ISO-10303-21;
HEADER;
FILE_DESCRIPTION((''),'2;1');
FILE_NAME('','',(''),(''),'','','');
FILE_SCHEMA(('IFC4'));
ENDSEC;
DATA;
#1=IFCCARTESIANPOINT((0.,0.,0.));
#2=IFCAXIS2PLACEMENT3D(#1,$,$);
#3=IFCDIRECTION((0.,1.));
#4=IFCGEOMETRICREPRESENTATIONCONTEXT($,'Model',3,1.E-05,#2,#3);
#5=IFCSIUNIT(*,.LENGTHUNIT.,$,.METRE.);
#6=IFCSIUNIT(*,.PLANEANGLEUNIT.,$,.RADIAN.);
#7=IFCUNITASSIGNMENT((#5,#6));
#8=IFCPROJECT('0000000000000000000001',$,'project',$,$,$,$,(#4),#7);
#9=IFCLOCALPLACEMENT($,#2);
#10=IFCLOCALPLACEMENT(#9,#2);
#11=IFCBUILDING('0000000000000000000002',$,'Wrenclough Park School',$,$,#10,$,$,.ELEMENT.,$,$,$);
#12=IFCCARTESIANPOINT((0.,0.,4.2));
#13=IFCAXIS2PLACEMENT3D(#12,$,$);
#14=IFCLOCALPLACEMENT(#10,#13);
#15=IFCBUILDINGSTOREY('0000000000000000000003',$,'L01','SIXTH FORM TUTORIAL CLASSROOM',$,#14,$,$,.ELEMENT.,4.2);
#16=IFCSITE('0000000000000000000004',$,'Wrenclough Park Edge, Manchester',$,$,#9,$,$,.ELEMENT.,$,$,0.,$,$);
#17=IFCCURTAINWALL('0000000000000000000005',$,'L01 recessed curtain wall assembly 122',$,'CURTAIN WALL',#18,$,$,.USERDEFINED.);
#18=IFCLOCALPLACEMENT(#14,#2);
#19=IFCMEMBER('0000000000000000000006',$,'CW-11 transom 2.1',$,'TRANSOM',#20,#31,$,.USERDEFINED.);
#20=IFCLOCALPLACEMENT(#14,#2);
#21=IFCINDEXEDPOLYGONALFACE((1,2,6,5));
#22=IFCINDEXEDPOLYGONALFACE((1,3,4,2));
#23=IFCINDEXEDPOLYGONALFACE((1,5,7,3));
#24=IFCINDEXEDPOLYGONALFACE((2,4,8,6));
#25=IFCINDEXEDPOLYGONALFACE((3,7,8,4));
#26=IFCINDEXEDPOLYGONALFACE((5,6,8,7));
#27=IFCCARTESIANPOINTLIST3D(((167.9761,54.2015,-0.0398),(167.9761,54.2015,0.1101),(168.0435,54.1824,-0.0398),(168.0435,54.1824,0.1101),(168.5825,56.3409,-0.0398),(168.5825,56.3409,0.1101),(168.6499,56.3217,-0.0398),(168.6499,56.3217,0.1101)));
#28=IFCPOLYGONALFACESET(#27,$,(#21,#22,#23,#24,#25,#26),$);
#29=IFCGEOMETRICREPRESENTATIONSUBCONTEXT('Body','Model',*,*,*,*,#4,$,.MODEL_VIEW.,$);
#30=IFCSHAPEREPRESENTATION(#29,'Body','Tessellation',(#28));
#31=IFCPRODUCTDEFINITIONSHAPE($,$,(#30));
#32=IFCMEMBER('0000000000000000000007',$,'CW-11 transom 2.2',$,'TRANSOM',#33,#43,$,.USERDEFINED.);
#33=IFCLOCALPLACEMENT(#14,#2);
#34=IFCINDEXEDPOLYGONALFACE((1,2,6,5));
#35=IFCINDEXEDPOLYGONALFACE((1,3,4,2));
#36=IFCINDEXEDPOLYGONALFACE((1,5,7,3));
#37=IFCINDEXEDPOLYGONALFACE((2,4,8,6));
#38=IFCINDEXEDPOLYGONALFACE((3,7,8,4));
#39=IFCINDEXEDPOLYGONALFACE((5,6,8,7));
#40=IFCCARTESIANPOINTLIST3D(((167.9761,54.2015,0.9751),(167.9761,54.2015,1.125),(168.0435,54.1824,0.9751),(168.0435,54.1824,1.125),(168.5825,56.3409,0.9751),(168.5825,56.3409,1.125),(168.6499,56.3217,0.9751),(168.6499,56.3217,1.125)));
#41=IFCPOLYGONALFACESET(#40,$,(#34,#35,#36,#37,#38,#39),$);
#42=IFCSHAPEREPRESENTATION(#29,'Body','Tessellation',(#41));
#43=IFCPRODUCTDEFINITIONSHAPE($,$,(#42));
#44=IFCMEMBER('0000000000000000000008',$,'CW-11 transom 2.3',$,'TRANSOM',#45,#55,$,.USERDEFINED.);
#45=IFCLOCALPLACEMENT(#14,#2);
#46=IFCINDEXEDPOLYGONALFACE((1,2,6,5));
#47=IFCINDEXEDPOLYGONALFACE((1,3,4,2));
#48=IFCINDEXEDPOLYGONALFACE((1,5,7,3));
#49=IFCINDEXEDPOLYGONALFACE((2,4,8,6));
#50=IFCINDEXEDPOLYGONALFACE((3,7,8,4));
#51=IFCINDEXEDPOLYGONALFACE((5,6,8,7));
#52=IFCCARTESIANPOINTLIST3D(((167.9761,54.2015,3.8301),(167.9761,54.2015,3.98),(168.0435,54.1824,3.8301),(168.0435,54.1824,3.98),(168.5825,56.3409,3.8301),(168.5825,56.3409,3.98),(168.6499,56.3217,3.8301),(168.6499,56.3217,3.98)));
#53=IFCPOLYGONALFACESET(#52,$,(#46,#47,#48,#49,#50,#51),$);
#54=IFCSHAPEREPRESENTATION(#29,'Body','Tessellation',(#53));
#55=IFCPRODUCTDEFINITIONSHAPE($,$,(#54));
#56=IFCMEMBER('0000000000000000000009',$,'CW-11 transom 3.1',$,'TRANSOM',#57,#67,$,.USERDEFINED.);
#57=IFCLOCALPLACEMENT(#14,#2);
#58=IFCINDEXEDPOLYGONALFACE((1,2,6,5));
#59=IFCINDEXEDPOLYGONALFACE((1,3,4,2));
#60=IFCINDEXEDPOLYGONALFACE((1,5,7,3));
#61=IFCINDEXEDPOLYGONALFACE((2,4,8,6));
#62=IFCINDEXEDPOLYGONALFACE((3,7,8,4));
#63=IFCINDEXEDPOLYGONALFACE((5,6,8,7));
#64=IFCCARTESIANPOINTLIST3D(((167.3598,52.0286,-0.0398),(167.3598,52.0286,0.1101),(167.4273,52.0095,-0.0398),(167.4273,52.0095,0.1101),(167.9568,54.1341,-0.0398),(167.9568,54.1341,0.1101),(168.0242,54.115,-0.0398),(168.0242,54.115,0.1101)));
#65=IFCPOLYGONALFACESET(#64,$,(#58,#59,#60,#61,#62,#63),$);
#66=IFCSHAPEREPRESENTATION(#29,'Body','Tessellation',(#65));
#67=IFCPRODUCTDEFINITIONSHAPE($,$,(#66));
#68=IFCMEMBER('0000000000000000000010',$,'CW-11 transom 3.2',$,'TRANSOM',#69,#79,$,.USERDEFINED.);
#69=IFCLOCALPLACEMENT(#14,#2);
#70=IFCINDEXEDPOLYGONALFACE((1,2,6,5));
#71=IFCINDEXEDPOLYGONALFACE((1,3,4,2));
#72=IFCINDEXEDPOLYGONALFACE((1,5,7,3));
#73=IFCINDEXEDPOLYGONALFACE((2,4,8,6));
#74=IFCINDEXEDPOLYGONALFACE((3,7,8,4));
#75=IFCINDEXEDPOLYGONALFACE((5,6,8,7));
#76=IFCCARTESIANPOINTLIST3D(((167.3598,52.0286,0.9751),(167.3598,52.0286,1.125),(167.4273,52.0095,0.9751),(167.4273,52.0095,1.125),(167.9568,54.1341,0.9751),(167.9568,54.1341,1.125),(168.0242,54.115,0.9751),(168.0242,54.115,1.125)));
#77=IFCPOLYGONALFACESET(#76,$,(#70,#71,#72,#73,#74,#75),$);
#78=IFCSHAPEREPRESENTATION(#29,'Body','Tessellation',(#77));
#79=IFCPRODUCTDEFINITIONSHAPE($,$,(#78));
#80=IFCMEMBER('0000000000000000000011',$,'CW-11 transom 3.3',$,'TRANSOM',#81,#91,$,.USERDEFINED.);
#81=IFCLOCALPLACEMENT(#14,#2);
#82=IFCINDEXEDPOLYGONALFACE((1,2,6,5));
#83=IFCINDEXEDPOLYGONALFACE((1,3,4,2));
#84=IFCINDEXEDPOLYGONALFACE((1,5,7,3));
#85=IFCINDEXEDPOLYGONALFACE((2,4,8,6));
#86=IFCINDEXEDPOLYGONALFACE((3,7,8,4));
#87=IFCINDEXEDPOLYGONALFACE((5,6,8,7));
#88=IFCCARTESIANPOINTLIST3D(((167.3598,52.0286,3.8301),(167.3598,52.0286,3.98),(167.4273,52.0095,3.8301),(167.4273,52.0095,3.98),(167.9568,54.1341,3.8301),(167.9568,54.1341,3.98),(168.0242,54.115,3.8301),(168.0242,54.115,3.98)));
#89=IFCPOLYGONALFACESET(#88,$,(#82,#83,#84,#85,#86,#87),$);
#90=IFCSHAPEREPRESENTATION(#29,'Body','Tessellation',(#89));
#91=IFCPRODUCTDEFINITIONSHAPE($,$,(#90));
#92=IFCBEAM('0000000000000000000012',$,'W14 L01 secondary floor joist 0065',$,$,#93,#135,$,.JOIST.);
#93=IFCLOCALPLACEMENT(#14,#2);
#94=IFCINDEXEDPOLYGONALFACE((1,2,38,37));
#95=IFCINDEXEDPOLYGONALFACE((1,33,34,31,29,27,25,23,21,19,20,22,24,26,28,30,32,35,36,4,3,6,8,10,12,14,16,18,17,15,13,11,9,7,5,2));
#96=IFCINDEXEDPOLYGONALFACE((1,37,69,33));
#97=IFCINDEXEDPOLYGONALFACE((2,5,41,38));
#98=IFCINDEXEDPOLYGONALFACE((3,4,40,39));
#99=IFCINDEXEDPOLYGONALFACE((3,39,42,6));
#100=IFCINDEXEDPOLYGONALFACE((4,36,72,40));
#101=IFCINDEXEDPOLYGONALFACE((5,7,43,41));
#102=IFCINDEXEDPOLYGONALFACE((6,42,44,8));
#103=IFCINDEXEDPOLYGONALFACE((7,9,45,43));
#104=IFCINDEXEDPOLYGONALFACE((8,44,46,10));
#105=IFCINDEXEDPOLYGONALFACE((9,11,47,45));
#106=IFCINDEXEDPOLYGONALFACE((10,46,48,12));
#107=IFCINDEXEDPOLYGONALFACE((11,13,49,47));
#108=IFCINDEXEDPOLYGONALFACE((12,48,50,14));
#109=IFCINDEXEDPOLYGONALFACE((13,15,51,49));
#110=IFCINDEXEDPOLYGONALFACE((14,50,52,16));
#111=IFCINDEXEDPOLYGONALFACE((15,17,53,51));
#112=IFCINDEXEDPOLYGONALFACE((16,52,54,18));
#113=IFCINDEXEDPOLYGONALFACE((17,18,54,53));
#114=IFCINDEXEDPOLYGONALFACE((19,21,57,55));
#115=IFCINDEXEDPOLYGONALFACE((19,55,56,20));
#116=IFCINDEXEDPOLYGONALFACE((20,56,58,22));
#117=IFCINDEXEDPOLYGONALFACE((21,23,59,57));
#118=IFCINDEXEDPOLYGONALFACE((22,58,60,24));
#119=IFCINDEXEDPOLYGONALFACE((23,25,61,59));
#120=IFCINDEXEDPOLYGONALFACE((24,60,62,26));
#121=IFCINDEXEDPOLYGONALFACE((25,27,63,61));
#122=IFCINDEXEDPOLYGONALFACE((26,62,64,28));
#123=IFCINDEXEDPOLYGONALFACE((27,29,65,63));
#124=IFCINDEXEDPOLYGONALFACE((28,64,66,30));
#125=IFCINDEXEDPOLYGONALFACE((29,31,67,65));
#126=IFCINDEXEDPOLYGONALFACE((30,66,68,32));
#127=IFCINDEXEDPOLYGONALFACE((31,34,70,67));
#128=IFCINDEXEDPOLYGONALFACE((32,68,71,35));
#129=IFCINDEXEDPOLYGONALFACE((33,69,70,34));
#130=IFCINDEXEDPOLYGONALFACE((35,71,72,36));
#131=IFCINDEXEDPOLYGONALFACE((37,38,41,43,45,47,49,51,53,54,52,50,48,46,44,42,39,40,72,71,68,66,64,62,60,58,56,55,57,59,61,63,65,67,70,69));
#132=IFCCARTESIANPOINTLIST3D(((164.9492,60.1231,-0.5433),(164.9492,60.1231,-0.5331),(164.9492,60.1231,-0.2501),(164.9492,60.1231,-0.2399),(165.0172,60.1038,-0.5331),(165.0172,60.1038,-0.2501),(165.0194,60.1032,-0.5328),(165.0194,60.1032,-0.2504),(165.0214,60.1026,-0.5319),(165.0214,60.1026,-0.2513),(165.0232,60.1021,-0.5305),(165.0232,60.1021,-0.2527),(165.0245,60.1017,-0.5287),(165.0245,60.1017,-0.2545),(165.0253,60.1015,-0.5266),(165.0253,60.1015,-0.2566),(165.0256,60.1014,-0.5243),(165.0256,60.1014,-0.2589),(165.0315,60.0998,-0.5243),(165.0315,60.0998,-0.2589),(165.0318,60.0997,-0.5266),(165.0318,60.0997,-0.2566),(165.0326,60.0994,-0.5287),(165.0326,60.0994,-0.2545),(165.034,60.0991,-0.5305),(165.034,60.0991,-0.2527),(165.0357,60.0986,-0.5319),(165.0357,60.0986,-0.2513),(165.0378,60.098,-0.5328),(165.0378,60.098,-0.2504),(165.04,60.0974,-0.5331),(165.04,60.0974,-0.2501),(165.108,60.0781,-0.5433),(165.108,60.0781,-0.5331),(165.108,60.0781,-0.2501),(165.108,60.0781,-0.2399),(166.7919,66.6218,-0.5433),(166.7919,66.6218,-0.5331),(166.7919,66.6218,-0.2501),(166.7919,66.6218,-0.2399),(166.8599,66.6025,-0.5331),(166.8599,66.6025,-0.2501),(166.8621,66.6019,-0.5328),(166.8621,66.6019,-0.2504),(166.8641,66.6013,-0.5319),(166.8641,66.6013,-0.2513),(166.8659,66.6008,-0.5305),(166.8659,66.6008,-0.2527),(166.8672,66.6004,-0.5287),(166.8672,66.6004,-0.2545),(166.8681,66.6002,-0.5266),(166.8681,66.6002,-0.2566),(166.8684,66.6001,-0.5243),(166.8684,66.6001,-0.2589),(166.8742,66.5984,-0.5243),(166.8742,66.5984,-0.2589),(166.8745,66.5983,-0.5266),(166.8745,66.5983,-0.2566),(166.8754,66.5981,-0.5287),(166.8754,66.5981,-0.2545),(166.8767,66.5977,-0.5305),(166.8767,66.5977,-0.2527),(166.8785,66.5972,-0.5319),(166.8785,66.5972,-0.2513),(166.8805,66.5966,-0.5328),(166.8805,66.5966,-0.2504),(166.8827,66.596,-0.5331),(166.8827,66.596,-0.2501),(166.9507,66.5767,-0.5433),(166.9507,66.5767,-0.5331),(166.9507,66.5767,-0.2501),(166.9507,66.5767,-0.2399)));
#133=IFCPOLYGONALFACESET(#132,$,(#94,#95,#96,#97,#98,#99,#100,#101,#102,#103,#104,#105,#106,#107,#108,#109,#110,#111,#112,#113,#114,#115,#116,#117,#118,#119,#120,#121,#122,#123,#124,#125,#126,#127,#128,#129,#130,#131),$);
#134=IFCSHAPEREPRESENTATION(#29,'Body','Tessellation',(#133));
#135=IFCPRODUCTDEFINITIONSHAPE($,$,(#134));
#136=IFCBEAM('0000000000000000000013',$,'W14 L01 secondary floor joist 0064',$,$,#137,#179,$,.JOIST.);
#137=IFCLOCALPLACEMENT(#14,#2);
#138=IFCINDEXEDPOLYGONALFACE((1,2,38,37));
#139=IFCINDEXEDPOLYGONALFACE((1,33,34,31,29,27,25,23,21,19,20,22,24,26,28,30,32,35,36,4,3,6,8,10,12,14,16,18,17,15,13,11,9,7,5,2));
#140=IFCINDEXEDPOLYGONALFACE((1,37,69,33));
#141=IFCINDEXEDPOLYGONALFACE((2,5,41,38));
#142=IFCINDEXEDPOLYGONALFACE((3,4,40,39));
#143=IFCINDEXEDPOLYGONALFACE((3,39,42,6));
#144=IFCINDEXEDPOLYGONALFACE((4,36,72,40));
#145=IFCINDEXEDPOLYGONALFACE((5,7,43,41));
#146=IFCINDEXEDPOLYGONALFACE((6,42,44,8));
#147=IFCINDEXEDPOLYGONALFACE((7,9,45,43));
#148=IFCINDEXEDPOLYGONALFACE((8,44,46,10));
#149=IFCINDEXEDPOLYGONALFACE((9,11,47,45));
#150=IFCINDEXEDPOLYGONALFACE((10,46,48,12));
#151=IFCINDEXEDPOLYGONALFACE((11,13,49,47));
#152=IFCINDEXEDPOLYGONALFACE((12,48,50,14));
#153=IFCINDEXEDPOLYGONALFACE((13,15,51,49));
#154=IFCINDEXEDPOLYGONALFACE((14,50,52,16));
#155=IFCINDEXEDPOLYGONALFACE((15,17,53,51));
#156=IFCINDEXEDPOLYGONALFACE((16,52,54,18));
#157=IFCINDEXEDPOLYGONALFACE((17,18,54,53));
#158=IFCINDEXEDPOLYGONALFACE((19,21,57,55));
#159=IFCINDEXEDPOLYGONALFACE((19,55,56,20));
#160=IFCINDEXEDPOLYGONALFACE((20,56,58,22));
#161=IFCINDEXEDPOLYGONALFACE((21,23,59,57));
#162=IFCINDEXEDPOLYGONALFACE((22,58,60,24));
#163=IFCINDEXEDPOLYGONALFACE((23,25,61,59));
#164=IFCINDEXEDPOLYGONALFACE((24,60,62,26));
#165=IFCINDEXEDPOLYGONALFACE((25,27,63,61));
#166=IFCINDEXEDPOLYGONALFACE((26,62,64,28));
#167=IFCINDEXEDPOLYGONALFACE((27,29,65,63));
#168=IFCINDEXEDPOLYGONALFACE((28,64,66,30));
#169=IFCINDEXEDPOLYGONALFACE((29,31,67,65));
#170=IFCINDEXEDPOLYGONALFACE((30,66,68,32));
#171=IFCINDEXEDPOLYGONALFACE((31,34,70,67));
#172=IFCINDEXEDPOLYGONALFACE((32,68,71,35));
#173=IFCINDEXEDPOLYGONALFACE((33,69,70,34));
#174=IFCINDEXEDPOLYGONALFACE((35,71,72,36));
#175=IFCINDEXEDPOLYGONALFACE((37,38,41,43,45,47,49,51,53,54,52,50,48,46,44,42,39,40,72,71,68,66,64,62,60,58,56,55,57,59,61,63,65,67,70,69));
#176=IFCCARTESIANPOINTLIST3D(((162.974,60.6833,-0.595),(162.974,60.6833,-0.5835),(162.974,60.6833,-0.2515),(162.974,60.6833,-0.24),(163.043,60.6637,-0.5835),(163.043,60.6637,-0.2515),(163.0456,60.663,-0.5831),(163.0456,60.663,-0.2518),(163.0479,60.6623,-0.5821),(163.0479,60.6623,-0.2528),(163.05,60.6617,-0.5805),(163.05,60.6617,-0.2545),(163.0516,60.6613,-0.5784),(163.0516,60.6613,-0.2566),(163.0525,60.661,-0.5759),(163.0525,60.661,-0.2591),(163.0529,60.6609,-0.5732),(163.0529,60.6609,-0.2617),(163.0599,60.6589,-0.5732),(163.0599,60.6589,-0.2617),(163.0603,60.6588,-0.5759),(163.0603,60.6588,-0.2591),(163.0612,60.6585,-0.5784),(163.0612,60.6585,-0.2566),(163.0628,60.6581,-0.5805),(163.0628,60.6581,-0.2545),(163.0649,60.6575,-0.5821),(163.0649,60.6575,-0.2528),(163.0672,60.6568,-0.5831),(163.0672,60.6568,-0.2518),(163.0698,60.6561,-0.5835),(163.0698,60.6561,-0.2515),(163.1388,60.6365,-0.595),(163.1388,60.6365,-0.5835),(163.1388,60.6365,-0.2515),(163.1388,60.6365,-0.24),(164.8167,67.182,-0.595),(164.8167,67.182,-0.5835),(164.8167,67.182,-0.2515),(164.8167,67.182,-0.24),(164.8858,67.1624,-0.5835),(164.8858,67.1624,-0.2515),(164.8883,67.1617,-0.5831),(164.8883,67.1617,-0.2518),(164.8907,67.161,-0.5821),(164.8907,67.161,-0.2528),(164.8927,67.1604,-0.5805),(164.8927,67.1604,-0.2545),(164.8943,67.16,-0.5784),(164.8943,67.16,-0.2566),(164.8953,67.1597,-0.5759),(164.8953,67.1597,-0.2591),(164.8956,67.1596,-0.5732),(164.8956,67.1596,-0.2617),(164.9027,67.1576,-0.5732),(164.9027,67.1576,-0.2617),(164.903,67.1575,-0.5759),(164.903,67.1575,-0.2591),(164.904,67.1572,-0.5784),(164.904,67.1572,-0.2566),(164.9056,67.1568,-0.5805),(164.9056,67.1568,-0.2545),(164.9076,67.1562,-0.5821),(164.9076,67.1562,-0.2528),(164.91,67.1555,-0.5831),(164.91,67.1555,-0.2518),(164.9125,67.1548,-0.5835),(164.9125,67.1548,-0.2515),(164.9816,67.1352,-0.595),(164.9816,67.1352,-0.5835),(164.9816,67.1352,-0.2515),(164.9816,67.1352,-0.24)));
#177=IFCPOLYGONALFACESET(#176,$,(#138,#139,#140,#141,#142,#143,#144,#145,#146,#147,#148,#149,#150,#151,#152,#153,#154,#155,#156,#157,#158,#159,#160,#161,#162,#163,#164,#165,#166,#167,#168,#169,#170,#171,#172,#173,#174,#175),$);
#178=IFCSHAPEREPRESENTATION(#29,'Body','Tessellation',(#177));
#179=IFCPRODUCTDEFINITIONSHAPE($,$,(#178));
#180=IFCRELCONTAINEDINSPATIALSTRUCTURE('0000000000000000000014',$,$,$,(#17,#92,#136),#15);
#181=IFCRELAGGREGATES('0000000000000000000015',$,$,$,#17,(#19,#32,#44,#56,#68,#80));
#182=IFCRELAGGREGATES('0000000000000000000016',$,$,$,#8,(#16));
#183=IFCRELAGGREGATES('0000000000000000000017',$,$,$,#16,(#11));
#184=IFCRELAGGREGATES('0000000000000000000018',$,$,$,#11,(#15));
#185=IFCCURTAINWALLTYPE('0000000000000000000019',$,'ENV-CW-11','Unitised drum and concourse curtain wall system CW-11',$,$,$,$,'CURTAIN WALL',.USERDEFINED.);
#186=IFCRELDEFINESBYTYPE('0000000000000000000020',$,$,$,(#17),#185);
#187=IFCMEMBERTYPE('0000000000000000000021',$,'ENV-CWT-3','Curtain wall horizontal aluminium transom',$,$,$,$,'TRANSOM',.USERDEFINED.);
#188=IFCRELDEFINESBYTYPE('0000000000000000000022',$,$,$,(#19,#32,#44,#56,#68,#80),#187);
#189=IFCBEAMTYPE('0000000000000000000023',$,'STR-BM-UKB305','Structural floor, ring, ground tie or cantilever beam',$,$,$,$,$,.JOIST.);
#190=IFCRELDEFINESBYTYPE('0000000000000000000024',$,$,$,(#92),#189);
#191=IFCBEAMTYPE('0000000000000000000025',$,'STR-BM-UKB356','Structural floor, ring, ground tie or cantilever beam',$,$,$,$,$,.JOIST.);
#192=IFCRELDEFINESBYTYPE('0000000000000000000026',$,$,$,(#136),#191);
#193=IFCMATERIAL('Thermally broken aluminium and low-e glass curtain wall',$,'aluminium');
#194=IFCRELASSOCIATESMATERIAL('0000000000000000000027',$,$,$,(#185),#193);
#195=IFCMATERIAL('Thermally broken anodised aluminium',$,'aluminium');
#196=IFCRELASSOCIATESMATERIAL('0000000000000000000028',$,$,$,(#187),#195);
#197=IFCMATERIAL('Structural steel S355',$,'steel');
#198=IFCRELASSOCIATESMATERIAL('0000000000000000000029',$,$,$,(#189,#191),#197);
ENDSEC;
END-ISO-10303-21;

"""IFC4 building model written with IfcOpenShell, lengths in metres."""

from ifc_helpers import new_model, si_unit, direction, frame, origin, origin_2d, place, context, subcontext, project, spatial, rectangle, i_section, extrude, material, material_profile, profile_set, type_object, element, aggregate, save


model = new_model("IFC4")

# Units and contexts
model_context = context("Model", 3, precision=1e-05, world=origin(), true_north=direction((0.0, 1.0)))
body_context = subcontext(model_context, "Body", "Model", "MODEL_VIEW")
ifc_project = project(units=[si_unit("LENGTHUNIT", "METRE"), si_unit("PLANEANGLEUNIT", "RADIAN")], contexts=[model_context])

# Site, building, storey
site_placement = place(None, origin())
site = spatial("IfcSite", under=ifc_project, at=site_placement, Name="Wrenclough Park Edge, Manchester", CompositionType="ELEMENT", RefElevation=0.0)
building_placement = place(site_placement, origin())
building = spatial("IfcBuilding", under=site, at=building_placement, Name="Wrenclough Park School", CompositionType="ELEMENT")
storey_placement = place(building_placement, frame((0.0, 0.0, 4.2)))
storey = spatial("IfcBuildingStorey", under=building, at=storey_placement, Name="L01", Description="SIXTH FORM TUTORIAL CLASSROOM", CompositionType="ELEMENT", Elevation=4.2)

# Shared definitions
ifc_material_1 = material(Name="Structural steel S355", Category="steel")

# Shared definitions
ifc_material_2 = material(Name="Thermally broken aluminium and low-e glass curtain wall", Category="aluminium")
ifc_material_3 = material(Name="Thermally broken anodised aluminium", Category="aluminium")

# Curtain wall
curtain_wall_type_1 = type_object("IfcCurtainWallType", Name="ENV-CW-11", Description="Unitised drum and concourse curtain wall system CW-11", ElementType="CURTAIN WALL", PredefinedType="USERDEFINED", material=ifc_material_2)
curtain_wall_1_placement = place(storey_placement, origin())
curtain_wall_1 = element("IfcCurtainWall", 1, at=curtain_wall_1_placement, inside=storey, type_object=curtain_wall_type_1, Name="L01 recessed curtain wall assembly 122", ObjectType="CURTAIN WALL", PredefinedType="USERDEFINED")

# Members
ifc_material_profile_1 = material_profile(ifc_material_3, rectangle(XDim=0.0701, YDim=0.1499, at=origin_2d()), Name="AL TRANSOM 70x150")
ifc_profile_set_1 = profile_set([ifc_material_profile_1], Name="Thermally broken anodised aluminium")
member_type_1 = type_object("IfcMemberType", Name="ENV-CWT-3", Description="Curtain wall horizontal aluminium transom", ElementType="TRANSOM", PredefinedType="USERDEFINED", material=ifc_profile_set_1)
member_1_placement = place(storey_placement, frame((168.6162, 56.3313, 0.0352), z_axis=(-0.272719, -0.962094, 0.0), x_axis=(0.962094, -0.272719, 0.0)))
member_1 = element("IfcMember", 2, at=member_1_placement, type_object=member_type_1, Name="CW-11 transom 2.1", ObjectType="TRANSOM", PredefinedType="USERDEFINED", context=body_context, shape_type="SweptSolid", body=[
    extrude(rectangle(XDim=0.0701, YDim=0.1499, at=origin_2d()), origin(), (0.0, 0.0, 1.0), 2.2236),
])
member_2_placement = place(storey_placement, frame((168.6162, 56.3313, 1.05), z_axis=(-0.272719, -0.962094, 0.0), x_axis=(0.962094, -0.272719, 0.0)))
member_2 = element("IfcMember", 3, at=member_2_placement, type_object=member_type_1, Name="CW-11 transom 2.2", ObjectType="TRANSOM", PredefinedType="USERDEFINED", context=body_context, shape_type="SweptSolid", body=[
    extrude(rectangle(XDim=0.0701, YDim=0.1499, at=origin_2d()), origin(), (0.0, 0.0, 1.0), 2.2236),
])
member_3_placement = place(storey_placement, frame((168.6162, 56.3313, 3.905), z_axis=(-0.272719, -0.962094, 0.0), x_axis=(0.962094, -0.272719, 0.0)))
member_3 = element("IfcMember", 4, at=member_3_placement, type_object=member_type_1, Name="CW-11 transom 2.3", ObjectType="TRANSOM", PredefinedType="USERDEFINED", context=body_context, shape_type="SweptSolid", body=[
    extrude(rectangle(XDim=0.0701, YDim=0.1499, at=origin_2d()), origin(), (0.0, 0.0, 1.0), 2.2236),
])
member_4_placement = place(storey_placement, frame((167.9905, 54.1245, 0.0352), z_axis=(-0.272761, -0.962082, 0.0), x_axis=(0.962082, -0.272761, 0.0)))
member_4 = element("IfcMember", 5, at=member_4_placement, type_object=member_type_1, Name="CW-11 transom 3.1", ObjectType="TRANSOM", PredefinedType="USERDEFINED", context=body_context, shape_type="SweptSolid", body=[
    extrude(rectangle(XDim=0.0701, YDim=0.1499, at=origin_2d()), origin(), (0.0, 0.0, 1.0), 2.1885),
])
member_5_placement = place(storey_placement, frame((167.9905, 54.1245, 1.05), z_axis=(-0.272761, -0.962082, 0.0), x_axis=(0.962082, -0.272761, 0.0)))
member_5 = element("IfcMember", 6, at=member_5_placement, type_object=member_type_1, Name="CW-11 transom 3.2", ObjectType="TRANSOM", PredefinedType="USERDEFINED", context=body_context, shape_type="SweptSolid", body=[
    extrude(rectangle(XDim=0.0701, YDim=0.1499, at=origin_2d()), origin(), (0.0, 0.0, 1.0), 2.1885),
])
member_6_placement = place(storey_placement, frame((167.9905, 54.1245, 3.905), z_axis=(-0.272761, -0.962082, 0.0), x_axis=(0.962082, -0.272761, 0.0)))
member_6 = element("IfcMember", 7, at=member_6_placement, type_object=member_type_1, Name="CW-11 transom 3.3", ObjectType="TRANSOM", PredefinedType="USERDEFINED", context=body_context, shape_type="SweptSolid", body=[
    extrude(rectangle(XDim=0.0701, YDim=0.1499, at=origin_2d()), origin(), (0.0, 0.0, 1.0), 2.1885),
])

# Beams
ifc_material_profile_2 = material_profile(ifc_material_1, i_section(OverallWidth=0.165, OverallDepth=0.3035, WebThickness=0.0061, FlangeThickness=0.0103, FilletRadius=0.0088, at=origin_2d()), Name="UKB 305x165x40")
ifc_profile_set_2 = profile_set([ifc_material_profile_2], Name="Structural steel S355")
beam_type_1 = type_object("IfcBeamType", Name="STR-BM-UKB305", Description="Structural floor, ring, ground tie or cantilever beam", PredefinedType="JOIST", material=ifc_profile_set_2)
beam_1_placement = place(storey_placement, frame((165.0286, 60.1006, -0.3916), z_axis=(0.272802, 0.96207, 0.0), x_axis=(-0.96207, 0.272802, 0.0)))
element("IfcBeam", 8, at=beam_1_placement, inside=storey, type_object=beam_type_1, Name="W14 L01 secondary floor joist 0065", PredefinedType="JOIST", context=body_context, shape_type="SweptSolid", body=[
    extrude(i_section(OverallWidth=0.165, OverallDepth=0.3035, WebThickness=0.0061, FlangeThickness=0.0103, FilletRadius=0.0088, at=origin_2d()), origin(), (0.0, 0.0, 1.0), 6.7549),
])
ifc_material_profile_3 = material_profile(ifc_material_1, i_section(OverallWidth=0.1714, OverallDepth=0.355, WebThickness=0.0073, FlangeThickness=0.0115, FilletRadius=0.0103, at=origin_2d()), Name="UKB 356x171x51")
ifc_profile_set_3 = profile_set([ifc_material_profile_3], Name="Structural steel S355")
beam_type_2 = type_object("IfcBeamType", Name="STR-BM-UKB356", Description="Structural floor, ring, ground tie or cantilever beam", PredefinedType="JOIST", material=ifc_profile_set_3)
for number, where, z_axis, x_axis, name in (
    (9, (163.0564, 60.6599, -0.4175), (0.272802, 0.96207, 0.0), (-0.96207, 0.272802, 0.0), "W14 L01 secondary floor joist 0064"),
):
    element("IfcBeam", number, at=place(storey_placement, frame(where, z_axis=z_axis, x_axis=x_axis)), inside=storey, type_object=beam_type_2, Name=name, PredefinedType="JOIST", context=body_context, shape_type="SweptSolid", body=[
        extrude(i_section(OverallWidth=0.1714, OverallDepth=0.355, WebThickness=0.0073, FlangeThickness=0.0115, FilletRadius=0.0103, at=origin_2d()), origin(), (0.0, 0.0, 1.0), 6.7549),
    ])

aggregate(curtain_wall_1, [member_1, member_2, member_3, member_4, member_5, member_6])

save(model, "model.ifc")
